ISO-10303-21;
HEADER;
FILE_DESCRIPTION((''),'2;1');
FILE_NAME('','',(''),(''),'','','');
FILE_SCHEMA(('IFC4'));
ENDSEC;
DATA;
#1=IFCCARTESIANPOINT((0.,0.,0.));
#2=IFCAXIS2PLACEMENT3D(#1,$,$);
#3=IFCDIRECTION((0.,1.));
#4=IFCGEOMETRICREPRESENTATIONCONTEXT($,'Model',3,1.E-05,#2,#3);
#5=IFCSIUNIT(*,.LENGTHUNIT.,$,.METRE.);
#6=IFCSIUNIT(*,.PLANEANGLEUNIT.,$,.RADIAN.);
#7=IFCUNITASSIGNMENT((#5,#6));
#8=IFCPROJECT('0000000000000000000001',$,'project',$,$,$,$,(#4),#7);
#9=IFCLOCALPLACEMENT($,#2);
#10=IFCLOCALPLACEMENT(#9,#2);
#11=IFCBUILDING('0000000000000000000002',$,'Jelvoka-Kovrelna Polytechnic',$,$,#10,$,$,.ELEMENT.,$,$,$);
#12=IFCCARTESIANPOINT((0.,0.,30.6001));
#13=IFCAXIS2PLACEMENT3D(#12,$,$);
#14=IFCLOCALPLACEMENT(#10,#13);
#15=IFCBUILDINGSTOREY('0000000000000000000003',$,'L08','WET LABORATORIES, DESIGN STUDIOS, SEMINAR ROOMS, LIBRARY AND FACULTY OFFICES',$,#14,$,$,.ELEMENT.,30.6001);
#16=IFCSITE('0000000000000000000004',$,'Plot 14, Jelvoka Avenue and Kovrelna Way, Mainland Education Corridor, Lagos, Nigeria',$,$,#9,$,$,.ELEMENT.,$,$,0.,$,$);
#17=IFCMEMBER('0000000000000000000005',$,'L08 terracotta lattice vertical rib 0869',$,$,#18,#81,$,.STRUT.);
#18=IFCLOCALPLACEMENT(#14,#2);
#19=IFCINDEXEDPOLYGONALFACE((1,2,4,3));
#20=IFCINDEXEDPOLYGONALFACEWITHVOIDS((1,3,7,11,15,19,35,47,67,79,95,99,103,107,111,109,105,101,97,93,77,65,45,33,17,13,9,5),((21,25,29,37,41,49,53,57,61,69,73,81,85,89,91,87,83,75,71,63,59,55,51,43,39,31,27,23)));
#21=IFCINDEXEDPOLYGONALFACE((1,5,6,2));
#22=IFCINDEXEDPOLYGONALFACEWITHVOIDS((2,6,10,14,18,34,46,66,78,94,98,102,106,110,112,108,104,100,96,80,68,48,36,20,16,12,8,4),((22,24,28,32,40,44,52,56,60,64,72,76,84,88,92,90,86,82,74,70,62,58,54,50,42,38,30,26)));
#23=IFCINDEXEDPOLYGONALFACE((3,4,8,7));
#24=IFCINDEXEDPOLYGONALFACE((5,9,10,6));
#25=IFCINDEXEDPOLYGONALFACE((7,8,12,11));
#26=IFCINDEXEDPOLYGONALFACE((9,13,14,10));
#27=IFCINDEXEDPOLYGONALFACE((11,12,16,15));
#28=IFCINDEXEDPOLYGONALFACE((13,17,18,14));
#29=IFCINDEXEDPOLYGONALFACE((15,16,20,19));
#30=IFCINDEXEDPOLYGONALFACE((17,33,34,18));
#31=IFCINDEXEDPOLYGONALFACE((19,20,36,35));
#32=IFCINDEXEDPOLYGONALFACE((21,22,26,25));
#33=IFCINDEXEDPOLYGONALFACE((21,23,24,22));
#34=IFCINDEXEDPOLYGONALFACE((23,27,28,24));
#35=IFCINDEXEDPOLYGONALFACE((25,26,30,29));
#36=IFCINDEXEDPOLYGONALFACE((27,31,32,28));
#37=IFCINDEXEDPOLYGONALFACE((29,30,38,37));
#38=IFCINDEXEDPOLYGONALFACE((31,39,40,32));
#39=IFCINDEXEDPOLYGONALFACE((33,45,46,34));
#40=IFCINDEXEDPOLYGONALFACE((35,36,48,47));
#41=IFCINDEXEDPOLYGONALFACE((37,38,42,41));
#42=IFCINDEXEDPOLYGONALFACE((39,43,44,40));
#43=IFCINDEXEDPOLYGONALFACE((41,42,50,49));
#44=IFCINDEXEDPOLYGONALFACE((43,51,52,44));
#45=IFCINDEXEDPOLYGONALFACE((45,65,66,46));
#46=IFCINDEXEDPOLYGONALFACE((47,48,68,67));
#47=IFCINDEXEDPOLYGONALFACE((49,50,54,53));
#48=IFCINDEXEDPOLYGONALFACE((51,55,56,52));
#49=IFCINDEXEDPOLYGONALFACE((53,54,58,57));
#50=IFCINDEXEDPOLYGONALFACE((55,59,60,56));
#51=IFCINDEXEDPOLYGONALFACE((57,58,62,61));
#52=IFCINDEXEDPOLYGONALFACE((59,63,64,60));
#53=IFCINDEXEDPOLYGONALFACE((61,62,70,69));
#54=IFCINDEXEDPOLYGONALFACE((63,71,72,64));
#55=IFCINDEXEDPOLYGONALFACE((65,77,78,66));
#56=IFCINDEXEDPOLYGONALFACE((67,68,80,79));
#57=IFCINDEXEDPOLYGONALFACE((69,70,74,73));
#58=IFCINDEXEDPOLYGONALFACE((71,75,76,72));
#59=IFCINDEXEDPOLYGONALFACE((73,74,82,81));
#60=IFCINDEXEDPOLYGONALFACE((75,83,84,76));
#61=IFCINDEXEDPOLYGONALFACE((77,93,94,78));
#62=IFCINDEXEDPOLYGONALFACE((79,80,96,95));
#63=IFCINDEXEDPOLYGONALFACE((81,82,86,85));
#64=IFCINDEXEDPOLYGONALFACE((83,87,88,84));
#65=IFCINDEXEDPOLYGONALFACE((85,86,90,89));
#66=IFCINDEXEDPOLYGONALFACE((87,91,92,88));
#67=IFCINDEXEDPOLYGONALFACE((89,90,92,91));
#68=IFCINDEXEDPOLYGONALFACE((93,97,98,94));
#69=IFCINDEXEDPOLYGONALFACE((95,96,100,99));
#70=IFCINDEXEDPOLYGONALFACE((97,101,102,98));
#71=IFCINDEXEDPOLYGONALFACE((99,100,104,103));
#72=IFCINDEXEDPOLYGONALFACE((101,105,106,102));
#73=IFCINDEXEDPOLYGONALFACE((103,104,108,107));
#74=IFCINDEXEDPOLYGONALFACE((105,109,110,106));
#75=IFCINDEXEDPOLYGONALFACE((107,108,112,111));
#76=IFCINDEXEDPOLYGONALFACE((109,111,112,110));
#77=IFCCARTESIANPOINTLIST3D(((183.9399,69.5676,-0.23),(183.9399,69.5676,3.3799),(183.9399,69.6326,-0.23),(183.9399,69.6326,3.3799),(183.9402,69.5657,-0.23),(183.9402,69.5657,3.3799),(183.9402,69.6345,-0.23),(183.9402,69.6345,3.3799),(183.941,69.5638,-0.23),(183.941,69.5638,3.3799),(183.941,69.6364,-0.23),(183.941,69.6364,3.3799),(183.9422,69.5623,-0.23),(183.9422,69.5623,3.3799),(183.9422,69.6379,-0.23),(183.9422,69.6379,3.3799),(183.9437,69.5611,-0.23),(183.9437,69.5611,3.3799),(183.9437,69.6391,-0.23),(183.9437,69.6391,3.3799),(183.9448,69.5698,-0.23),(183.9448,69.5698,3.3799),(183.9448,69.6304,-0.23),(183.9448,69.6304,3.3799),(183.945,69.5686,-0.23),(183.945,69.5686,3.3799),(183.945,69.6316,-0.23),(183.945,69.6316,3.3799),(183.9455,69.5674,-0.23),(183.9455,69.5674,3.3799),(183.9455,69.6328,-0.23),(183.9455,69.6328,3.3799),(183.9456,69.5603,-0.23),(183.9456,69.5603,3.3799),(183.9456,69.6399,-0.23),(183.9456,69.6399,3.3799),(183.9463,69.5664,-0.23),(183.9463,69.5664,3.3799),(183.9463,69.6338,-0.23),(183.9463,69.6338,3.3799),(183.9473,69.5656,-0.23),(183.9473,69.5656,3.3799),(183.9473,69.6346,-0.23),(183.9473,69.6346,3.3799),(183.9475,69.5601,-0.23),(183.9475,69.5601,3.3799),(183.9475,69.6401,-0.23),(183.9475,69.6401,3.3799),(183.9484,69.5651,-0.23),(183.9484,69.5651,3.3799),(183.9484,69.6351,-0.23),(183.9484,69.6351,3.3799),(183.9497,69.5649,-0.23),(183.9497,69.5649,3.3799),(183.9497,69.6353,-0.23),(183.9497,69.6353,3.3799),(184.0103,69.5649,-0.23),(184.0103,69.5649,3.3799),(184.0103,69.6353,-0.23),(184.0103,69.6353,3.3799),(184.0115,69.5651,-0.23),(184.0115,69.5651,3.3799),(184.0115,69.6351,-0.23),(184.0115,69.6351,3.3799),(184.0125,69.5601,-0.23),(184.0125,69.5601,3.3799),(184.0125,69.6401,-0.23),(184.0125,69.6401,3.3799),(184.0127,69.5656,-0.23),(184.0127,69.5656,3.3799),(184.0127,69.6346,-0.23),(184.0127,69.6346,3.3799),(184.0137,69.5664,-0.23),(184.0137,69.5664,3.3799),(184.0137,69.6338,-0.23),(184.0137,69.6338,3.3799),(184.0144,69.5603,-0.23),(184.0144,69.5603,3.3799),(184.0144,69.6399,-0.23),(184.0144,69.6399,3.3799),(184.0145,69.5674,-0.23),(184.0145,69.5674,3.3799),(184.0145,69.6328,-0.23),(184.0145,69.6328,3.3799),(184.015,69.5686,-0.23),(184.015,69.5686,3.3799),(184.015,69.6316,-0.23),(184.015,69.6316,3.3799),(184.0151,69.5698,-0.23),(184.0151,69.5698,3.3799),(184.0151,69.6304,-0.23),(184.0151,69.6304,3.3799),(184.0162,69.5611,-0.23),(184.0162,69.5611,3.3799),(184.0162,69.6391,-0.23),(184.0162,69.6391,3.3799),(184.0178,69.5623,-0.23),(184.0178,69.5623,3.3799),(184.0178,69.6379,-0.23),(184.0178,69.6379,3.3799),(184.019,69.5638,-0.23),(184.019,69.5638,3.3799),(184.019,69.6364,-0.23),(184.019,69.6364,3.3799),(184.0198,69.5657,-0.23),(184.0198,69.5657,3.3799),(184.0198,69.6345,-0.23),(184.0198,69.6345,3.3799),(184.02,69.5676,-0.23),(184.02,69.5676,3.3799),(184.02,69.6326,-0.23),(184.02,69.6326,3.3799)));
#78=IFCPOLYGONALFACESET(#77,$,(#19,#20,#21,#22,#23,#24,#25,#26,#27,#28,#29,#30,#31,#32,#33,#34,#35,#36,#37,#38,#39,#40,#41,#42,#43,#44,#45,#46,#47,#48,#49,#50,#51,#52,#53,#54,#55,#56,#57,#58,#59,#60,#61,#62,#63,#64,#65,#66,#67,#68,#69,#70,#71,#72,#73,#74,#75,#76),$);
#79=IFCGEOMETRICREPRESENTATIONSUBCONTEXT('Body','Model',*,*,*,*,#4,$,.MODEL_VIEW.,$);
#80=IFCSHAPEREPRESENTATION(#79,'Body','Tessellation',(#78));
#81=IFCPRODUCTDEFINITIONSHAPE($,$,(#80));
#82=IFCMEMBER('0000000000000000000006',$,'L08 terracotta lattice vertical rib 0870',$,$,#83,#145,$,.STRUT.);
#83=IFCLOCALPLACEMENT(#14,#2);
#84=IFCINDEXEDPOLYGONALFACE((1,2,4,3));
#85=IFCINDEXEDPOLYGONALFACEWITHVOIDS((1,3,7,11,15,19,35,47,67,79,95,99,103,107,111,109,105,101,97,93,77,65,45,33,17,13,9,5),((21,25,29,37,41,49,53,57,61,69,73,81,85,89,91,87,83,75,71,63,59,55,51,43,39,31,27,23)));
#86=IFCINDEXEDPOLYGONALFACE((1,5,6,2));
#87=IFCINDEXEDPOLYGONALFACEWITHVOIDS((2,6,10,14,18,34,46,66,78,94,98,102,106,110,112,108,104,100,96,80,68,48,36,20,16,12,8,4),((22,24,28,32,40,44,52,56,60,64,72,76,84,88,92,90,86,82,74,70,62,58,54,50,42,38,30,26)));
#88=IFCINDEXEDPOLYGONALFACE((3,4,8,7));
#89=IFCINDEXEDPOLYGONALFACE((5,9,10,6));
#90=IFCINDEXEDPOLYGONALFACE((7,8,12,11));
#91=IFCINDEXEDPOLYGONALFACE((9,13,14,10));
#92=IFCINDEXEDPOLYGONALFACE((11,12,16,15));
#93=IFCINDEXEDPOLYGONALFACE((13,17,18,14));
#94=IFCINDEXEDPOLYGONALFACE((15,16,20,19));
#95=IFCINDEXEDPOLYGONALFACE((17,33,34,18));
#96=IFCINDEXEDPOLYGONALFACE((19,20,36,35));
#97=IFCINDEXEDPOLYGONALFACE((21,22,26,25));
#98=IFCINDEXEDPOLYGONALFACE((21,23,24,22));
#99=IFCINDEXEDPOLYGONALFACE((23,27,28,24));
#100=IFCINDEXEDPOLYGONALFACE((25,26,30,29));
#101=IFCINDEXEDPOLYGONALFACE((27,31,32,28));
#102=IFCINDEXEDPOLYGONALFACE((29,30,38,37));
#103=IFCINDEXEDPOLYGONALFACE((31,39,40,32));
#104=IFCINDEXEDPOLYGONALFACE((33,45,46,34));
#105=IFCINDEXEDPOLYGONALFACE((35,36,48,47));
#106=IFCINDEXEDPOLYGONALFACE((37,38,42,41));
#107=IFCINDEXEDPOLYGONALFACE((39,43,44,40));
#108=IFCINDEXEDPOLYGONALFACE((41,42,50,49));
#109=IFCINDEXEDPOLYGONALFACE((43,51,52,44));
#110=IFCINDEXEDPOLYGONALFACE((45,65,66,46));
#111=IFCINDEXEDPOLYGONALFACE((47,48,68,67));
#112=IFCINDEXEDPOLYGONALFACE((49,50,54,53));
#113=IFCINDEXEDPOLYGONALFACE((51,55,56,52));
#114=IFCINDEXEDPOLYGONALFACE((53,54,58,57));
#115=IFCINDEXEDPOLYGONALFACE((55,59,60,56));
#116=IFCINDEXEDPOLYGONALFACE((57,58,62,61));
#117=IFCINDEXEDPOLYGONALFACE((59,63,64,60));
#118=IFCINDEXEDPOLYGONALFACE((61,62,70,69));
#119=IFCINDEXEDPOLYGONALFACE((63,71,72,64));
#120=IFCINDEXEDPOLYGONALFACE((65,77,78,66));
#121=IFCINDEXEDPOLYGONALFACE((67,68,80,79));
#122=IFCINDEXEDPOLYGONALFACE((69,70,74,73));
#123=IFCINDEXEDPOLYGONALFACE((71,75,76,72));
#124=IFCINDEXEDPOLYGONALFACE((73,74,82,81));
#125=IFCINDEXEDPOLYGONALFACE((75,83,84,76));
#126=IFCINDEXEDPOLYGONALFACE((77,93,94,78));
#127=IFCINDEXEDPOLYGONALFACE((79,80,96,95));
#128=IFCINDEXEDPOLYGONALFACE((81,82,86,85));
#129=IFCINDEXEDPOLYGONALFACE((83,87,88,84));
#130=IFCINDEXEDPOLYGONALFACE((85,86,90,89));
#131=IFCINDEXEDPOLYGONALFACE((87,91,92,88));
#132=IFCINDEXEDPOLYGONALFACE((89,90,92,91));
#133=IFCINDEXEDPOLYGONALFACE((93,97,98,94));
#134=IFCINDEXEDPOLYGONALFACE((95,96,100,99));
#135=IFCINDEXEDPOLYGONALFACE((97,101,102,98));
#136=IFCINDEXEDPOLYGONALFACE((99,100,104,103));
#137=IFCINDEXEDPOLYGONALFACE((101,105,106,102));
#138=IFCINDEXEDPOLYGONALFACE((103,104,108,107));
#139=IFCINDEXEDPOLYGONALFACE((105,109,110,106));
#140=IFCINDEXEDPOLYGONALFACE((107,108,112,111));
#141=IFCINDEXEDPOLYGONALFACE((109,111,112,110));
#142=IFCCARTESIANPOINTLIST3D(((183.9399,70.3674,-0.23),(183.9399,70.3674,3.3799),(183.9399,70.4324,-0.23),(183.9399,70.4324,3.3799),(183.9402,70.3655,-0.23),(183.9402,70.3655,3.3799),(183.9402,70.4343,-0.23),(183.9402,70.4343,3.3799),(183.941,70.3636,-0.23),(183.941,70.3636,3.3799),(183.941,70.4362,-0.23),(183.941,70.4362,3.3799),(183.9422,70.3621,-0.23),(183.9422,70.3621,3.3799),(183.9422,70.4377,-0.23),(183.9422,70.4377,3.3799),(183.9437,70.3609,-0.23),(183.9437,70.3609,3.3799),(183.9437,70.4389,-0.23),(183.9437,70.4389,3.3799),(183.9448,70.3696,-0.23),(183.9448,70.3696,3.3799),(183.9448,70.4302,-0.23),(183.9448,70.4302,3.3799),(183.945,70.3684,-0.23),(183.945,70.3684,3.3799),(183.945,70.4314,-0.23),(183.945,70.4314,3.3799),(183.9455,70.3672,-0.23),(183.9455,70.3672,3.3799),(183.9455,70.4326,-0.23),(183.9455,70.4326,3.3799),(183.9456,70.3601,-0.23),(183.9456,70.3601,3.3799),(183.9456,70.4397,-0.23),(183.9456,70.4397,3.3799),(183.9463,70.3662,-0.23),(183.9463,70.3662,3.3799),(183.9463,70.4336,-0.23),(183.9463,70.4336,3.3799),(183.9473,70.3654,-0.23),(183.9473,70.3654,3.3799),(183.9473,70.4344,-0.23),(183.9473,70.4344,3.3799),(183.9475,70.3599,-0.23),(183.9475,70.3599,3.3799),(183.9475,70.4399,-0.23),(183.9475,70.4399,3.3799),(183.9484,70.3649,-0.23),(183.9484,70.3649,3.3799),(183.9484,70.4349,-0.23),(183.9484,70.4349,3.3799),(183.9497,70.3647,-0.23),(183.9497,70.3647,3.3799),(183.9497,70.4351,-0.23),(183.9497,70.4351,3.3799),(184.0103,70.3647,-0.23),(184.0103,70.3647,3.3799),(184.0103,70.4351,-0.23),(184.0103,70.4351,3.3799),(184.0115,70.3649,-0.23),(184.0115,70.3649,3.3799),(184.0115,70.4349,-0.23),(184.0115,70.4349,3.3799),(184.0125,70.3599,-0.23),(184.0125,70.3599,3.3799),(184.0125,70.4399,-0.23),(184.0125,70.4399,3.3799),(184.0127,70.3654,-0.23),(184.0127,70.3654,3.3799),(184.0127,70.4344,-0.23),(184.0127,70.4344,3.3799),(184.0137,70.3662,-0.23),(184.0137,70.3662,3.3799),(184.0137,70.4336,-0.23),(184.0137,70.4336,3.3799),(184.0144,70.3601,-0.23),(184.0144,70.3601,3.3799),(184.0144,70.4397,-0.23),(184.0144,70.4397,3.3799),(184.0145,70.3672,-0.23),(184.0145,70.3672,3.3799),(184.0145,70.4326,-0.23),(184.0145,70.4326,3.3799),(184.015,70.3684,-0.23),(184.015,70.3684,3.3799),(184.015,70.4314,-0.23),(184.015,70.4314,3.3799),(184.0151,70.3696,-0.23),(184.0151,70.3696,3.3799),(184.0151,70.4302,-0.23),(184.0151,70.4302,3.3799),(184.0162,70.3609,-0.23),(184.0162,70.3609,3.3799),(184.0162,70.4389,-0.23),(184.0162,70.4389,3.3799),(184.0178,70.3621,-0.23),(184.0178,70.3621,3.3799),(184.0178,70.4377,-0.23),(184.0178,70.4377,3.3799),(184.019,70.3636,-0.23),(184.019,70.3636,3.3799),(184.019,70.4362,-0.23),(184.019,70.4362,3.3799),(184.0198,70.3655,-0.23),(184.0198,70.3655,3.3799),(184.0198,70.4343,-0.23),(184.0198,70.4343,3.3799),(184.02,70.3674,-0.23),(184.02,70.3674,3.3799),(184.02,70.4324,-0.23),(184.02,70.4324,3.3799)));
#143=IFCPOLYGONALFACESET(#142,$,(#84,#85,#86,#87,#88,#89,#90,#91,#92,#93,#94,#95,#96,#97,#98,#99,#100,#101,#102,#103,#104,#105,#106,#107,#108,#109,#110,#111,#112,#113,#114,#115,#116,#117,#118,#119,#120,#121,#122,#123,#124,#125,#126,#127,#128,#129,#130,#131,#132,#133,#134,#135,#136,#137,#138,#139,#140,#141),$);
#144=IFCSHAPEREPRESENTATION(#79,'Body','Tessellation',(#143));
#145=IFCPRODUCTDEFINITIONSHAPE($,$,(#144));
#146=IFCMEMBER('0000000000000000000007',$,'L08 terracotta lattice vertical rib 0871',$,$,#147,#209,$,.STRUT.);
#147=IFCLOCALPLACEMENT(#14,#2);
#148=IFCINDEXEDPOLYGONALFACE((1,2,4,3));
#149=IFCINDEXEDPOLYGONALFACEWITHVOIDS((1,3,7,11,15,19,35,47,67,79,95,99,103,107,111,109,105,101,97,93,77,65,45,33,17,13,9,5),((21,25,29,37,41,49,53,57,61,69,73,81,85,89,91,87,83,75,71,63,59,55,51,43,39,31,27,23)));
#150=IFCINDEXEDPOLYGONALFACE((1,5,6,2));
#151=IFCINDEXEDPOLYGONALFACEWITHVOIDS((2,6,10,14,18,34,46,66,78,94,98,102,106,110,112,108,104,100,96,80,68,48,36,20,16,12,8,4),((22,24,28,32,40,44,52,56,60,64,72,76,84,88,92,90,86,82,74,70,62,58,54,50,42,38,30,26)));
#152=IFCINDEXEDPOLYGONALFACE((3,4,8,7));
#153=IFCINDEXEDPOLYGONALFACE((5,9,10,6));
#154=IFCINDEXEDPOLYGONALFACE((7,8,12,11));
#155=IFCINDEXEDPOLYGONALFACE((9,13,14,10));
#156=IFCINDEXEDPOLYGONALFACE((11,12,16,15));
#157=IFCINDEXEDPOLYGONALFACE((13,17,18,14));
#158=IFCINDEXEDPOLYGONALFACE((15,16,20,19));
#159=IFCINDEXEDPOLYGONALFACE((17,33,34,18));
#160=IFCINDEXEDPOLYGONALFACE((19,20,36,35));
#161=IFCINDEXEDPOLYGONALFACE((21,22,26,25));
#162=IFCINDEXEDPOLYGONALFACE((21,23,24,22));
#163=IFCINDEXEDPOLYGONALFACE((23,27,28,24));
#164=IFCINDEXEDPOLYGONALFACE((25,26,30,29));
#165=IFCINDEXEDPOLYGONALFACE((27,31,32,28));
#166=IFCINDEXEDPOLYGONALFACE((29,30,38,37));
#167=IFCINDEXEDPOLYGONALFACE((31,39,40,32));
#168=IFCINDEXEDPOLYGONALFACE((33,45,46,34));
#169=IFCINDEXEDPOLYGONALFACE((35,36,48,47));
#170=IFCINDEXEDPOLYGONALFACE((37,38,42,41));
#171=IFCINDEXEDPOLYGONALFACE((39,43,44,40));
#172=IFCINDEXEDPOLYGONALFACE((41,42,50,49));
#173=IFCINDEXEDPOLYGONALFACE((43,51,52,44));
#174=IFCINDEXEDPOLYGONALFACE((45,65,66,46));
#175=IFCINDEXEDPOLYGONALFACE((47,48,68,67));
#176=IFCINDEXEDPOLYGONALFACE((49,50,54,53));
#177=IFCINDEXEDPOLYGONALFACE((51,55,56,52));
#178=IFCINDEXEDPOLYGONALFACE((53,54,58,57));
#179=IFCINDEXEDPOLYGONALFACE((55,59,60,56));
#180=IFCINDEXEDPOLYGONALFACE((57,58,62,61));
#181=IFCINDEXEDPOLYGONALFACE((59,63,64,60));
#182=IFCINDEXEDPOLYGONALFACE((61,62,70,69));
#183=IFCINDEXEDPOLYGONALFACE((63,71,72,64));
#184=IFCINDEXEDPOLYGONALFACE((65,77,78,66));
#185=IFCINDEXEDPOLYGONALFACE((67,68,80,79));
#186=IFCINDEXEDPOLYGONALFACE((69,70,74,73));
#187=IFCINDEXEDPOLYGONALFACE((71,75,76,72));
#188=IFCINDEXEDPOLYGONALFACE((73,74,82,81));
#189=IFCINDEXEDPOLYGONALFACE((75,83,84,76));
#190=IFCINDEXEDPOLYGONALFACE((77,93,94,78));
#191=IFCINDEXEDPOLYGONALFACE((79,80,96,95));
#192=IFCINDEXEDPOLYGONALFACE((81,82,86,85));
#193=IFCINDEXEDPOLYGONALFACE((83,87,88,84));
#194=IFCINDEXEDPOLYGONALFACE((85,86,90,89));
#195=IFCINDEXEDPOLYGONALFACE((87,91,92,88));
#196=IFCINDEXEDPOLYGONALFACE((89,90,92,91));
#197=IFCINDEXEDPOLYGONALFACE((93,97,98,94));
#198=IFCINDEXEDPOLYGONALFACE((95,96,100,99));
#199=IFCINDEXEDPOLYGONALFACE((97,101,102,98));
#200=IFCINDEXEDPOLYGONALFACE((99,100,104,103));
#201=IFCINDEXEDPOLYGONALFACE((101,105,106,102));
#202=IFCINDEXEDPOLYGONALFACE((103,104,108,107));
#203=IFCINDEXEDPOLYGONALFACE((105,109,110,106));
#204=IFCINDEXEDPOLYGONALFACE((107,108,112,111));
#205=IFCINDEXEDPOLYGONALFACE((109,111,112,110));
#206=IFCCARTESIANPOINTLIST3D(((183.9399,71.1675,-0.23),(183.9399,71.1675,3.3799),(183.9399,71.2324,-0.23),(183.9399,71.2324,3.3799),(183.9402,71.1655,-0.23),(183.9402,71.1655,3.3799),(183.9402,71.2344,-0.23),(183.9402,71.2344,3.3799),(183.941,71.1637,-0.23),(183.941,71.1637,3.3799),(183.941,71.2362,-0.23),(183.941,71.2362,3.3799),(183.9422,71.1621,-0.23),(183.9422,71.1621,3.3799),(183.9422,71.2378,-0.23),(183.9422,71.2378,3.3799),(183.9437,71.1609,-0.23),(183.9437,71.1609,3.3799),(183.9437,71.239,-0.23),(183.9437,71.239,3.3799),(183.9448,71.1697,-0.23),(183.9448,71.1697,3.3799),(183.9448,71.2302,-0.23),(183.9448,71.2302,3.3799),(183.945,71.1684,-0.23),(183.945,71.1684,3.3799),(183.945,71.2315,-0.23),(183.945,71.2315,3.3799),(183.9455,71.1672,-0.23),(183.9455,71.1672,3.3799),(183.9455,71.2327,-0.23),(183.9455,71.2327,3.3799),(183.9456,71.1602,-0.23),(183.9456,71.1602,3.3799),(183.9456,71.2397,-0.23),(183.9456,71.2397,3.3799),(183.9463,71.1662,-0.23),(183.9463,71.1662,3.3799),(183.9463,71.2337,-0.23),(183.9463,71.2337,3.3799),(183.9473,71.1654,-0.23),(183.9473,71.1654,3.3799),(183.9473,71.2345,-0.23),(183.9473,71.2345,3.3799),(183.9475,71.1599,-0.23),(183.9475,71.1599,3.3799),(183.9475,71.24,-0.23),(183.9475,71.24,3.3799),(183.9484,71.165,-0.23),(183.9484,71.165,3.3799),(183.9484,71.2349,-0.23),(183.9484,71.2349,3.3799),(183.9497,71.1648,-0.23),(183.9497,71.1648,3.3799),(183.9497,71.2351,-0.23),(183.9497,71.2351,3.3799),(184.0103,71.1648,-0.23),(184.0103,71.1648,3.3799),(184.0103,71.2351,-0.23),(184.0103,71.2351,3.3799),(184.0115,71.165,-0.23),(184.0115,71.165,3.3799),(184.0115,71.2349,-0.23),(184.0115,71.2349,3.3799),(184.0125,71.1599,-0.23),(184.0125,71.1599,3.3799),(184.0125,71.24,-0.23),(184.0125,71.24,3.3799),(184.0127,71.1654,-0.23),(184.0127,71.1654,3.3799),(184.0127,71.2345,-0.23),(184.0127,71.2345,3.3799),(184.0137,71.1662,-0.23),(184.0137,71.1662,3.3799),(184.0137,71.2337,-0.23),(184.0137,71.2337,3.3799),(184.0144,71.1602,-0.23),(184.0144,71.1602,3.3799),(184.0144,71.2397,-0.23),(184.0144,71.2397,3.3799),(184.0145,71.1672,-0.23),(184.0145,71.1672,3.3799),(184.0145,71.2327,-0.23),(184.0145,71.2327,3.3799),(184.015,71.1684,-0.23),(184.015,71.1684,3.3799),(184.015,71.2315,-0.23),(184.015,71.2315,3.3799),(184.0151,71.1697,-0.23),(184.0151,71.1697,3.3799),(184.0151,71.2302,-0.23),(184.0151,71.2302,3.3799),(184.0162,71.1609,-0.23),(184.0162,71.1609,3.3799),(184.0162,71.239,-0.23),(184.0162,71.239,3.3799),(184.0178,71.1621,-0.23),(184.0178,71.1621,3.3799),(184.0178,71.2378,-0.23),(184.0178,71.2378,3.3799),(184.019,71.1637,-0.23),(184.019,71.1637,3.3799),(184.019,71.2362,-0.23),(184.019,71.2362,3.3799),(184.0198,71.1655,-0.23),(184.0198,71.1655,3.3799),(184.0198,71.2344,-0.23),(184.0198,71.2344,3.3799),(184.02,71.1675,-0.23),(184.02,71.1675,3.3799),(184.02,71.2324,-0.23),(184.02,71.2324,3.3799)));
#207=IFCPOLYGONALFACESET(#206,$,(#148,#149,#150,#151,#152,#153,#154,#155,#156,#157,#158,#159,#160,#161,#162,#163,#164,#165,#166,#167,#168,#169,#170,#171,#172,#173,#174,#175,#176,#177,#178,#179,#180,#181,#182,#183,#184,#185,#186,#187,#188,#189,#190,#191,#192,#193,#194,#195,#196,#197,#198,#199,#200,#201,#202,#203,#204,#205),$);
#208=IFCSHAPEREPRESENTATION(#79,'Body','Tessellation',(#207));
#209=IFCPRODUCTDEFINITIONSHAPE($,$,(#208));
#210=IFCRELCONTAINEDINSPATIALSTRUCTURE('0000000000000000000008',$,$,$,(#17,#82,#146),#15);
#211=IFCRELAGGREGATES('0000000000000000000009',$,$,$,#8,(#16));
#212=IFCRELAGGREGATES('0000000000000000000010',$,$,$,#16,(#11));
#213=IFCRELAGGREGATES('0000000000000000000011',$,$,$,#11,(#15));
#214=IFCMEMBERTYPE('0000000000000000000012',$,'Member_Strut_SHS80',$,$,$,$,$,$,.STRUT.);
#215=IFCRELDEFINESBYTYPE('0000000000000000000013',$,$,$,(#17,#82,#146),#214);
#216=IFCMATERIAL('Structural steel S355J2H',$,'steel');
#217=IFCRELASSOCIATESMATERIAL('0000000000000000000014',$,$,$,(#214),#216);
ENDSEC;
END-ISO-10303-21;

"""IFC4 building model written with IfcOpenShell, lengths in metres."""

from ifc_helpers import new_model, si_unit, direction, frame, origin, origin_2d, place, context, subcontext, project, spatial, hollow_rectangle, extrude, material, material_profile, profile_set, type_object, element, save


model = new_model("IFC4")

# Units and contexts
model_context = context("Model", 3, precision=1e-05, world=origin(), true_north=direction((0.0, 1.0)))
body_context = subcontext(model_context, "Body", "Model", "MODEL_VIEW")
ifc_project = project(units=[si_unit("LENGTHUNIT", "METRE"), si_unit("PLANEANGLEUNIT", "RADIAN")], contexts=[model_context])

# Site, building, storey
site_placement = place(None, origin())
site = spatial("IfcSite", under=ifc_project, at=site_placement, Name="Plot 14, Jelvoka Avenue and Kovrelna Way, Mainland Education Corridor, Lagos, Nigeria", CompositionType="ELEMENT", RefElevation=0.0)
building_placement = place(site_placement, origin())
building = spatial("IfcBuilding", under=site, at=building_placement, Name="Jelvoka-Kovrelna Polytechnic", CompositionType="ELEMENT")
storey_placement = place(building_placement, frame((0.0, 0.0, 30.6001)))
storey = spatial("IfcBuildingStorey", under=building, at=storey_placement, Name="L08", Description="WET LABORATORIES, DESIGN STUDIOS, SEMINAR ROOMS, LIBRARY AND FACULTY OFFICES", CompositionType="ELEMENT", Elevation=30.6001)

# Members
ifc_material_1 = material(Name="Structural steel S355J2H", Category="steel")
ifc_material_profile_1 = material_profile(ifc_material_1, hollow_rectangle(XDim=0.0801, YDim=0.0801, WallThickness=0.0049, InnerFilletRadius=0.0049, OuterFilletRadius=0.0076, at=origin_2d()), Name="80x80x5.0 SHS")
ifc_profile_set_1 = profile_set([ifc_material_profile_1], Name="Structural steel S355J2H")
member_type_1 = type_object("IfcMemberType", Name="Member_Strut_SHS80", PredefinedType="STRUT", material=ifc_profile_set_1)
for number, where, z_axis, x_axis, name in (
    (1, (183.98, 69.6001, -0.23), (0.0, 0.0, 1.0), (1.0, 0.0, 0.0), "L08 terracotta lattice vertical rib 0869"),
    (2, (183.98, 70.3999, -0.23), (0.0, 0.0, 1.0), (1.0, 0.0, 0.0), "L08 terracotta lattice vertical rib 0870"),
    (3, (183.98, 71.2, -0.23), (0.0, 0.0, 1.0), (1.0, 0.0, 0.0), "L08 terracotta lattice vertical rib 0871"),
):
    element("IfcMember", number, at=place(storey_placement, frame(where, z_axis=z_axis, x_axis=x_axis)), inside=storey, type_object=member_type_1, Name=name, PredefinedType="STRUT", context=body_context, shape_type="SweptSolid", body=[
        extrude(hollow_rectangle(XDim=0.0801, YDim=0.0801, WallThickness=0.0049, InnerFilletRadius=0.0049, OuterFilletRadius=0.0076, at=origin_2d()), origin(), (0.0, 0.0, 1.0), 3.6099),
    ])

save(model, "model.ifc")
